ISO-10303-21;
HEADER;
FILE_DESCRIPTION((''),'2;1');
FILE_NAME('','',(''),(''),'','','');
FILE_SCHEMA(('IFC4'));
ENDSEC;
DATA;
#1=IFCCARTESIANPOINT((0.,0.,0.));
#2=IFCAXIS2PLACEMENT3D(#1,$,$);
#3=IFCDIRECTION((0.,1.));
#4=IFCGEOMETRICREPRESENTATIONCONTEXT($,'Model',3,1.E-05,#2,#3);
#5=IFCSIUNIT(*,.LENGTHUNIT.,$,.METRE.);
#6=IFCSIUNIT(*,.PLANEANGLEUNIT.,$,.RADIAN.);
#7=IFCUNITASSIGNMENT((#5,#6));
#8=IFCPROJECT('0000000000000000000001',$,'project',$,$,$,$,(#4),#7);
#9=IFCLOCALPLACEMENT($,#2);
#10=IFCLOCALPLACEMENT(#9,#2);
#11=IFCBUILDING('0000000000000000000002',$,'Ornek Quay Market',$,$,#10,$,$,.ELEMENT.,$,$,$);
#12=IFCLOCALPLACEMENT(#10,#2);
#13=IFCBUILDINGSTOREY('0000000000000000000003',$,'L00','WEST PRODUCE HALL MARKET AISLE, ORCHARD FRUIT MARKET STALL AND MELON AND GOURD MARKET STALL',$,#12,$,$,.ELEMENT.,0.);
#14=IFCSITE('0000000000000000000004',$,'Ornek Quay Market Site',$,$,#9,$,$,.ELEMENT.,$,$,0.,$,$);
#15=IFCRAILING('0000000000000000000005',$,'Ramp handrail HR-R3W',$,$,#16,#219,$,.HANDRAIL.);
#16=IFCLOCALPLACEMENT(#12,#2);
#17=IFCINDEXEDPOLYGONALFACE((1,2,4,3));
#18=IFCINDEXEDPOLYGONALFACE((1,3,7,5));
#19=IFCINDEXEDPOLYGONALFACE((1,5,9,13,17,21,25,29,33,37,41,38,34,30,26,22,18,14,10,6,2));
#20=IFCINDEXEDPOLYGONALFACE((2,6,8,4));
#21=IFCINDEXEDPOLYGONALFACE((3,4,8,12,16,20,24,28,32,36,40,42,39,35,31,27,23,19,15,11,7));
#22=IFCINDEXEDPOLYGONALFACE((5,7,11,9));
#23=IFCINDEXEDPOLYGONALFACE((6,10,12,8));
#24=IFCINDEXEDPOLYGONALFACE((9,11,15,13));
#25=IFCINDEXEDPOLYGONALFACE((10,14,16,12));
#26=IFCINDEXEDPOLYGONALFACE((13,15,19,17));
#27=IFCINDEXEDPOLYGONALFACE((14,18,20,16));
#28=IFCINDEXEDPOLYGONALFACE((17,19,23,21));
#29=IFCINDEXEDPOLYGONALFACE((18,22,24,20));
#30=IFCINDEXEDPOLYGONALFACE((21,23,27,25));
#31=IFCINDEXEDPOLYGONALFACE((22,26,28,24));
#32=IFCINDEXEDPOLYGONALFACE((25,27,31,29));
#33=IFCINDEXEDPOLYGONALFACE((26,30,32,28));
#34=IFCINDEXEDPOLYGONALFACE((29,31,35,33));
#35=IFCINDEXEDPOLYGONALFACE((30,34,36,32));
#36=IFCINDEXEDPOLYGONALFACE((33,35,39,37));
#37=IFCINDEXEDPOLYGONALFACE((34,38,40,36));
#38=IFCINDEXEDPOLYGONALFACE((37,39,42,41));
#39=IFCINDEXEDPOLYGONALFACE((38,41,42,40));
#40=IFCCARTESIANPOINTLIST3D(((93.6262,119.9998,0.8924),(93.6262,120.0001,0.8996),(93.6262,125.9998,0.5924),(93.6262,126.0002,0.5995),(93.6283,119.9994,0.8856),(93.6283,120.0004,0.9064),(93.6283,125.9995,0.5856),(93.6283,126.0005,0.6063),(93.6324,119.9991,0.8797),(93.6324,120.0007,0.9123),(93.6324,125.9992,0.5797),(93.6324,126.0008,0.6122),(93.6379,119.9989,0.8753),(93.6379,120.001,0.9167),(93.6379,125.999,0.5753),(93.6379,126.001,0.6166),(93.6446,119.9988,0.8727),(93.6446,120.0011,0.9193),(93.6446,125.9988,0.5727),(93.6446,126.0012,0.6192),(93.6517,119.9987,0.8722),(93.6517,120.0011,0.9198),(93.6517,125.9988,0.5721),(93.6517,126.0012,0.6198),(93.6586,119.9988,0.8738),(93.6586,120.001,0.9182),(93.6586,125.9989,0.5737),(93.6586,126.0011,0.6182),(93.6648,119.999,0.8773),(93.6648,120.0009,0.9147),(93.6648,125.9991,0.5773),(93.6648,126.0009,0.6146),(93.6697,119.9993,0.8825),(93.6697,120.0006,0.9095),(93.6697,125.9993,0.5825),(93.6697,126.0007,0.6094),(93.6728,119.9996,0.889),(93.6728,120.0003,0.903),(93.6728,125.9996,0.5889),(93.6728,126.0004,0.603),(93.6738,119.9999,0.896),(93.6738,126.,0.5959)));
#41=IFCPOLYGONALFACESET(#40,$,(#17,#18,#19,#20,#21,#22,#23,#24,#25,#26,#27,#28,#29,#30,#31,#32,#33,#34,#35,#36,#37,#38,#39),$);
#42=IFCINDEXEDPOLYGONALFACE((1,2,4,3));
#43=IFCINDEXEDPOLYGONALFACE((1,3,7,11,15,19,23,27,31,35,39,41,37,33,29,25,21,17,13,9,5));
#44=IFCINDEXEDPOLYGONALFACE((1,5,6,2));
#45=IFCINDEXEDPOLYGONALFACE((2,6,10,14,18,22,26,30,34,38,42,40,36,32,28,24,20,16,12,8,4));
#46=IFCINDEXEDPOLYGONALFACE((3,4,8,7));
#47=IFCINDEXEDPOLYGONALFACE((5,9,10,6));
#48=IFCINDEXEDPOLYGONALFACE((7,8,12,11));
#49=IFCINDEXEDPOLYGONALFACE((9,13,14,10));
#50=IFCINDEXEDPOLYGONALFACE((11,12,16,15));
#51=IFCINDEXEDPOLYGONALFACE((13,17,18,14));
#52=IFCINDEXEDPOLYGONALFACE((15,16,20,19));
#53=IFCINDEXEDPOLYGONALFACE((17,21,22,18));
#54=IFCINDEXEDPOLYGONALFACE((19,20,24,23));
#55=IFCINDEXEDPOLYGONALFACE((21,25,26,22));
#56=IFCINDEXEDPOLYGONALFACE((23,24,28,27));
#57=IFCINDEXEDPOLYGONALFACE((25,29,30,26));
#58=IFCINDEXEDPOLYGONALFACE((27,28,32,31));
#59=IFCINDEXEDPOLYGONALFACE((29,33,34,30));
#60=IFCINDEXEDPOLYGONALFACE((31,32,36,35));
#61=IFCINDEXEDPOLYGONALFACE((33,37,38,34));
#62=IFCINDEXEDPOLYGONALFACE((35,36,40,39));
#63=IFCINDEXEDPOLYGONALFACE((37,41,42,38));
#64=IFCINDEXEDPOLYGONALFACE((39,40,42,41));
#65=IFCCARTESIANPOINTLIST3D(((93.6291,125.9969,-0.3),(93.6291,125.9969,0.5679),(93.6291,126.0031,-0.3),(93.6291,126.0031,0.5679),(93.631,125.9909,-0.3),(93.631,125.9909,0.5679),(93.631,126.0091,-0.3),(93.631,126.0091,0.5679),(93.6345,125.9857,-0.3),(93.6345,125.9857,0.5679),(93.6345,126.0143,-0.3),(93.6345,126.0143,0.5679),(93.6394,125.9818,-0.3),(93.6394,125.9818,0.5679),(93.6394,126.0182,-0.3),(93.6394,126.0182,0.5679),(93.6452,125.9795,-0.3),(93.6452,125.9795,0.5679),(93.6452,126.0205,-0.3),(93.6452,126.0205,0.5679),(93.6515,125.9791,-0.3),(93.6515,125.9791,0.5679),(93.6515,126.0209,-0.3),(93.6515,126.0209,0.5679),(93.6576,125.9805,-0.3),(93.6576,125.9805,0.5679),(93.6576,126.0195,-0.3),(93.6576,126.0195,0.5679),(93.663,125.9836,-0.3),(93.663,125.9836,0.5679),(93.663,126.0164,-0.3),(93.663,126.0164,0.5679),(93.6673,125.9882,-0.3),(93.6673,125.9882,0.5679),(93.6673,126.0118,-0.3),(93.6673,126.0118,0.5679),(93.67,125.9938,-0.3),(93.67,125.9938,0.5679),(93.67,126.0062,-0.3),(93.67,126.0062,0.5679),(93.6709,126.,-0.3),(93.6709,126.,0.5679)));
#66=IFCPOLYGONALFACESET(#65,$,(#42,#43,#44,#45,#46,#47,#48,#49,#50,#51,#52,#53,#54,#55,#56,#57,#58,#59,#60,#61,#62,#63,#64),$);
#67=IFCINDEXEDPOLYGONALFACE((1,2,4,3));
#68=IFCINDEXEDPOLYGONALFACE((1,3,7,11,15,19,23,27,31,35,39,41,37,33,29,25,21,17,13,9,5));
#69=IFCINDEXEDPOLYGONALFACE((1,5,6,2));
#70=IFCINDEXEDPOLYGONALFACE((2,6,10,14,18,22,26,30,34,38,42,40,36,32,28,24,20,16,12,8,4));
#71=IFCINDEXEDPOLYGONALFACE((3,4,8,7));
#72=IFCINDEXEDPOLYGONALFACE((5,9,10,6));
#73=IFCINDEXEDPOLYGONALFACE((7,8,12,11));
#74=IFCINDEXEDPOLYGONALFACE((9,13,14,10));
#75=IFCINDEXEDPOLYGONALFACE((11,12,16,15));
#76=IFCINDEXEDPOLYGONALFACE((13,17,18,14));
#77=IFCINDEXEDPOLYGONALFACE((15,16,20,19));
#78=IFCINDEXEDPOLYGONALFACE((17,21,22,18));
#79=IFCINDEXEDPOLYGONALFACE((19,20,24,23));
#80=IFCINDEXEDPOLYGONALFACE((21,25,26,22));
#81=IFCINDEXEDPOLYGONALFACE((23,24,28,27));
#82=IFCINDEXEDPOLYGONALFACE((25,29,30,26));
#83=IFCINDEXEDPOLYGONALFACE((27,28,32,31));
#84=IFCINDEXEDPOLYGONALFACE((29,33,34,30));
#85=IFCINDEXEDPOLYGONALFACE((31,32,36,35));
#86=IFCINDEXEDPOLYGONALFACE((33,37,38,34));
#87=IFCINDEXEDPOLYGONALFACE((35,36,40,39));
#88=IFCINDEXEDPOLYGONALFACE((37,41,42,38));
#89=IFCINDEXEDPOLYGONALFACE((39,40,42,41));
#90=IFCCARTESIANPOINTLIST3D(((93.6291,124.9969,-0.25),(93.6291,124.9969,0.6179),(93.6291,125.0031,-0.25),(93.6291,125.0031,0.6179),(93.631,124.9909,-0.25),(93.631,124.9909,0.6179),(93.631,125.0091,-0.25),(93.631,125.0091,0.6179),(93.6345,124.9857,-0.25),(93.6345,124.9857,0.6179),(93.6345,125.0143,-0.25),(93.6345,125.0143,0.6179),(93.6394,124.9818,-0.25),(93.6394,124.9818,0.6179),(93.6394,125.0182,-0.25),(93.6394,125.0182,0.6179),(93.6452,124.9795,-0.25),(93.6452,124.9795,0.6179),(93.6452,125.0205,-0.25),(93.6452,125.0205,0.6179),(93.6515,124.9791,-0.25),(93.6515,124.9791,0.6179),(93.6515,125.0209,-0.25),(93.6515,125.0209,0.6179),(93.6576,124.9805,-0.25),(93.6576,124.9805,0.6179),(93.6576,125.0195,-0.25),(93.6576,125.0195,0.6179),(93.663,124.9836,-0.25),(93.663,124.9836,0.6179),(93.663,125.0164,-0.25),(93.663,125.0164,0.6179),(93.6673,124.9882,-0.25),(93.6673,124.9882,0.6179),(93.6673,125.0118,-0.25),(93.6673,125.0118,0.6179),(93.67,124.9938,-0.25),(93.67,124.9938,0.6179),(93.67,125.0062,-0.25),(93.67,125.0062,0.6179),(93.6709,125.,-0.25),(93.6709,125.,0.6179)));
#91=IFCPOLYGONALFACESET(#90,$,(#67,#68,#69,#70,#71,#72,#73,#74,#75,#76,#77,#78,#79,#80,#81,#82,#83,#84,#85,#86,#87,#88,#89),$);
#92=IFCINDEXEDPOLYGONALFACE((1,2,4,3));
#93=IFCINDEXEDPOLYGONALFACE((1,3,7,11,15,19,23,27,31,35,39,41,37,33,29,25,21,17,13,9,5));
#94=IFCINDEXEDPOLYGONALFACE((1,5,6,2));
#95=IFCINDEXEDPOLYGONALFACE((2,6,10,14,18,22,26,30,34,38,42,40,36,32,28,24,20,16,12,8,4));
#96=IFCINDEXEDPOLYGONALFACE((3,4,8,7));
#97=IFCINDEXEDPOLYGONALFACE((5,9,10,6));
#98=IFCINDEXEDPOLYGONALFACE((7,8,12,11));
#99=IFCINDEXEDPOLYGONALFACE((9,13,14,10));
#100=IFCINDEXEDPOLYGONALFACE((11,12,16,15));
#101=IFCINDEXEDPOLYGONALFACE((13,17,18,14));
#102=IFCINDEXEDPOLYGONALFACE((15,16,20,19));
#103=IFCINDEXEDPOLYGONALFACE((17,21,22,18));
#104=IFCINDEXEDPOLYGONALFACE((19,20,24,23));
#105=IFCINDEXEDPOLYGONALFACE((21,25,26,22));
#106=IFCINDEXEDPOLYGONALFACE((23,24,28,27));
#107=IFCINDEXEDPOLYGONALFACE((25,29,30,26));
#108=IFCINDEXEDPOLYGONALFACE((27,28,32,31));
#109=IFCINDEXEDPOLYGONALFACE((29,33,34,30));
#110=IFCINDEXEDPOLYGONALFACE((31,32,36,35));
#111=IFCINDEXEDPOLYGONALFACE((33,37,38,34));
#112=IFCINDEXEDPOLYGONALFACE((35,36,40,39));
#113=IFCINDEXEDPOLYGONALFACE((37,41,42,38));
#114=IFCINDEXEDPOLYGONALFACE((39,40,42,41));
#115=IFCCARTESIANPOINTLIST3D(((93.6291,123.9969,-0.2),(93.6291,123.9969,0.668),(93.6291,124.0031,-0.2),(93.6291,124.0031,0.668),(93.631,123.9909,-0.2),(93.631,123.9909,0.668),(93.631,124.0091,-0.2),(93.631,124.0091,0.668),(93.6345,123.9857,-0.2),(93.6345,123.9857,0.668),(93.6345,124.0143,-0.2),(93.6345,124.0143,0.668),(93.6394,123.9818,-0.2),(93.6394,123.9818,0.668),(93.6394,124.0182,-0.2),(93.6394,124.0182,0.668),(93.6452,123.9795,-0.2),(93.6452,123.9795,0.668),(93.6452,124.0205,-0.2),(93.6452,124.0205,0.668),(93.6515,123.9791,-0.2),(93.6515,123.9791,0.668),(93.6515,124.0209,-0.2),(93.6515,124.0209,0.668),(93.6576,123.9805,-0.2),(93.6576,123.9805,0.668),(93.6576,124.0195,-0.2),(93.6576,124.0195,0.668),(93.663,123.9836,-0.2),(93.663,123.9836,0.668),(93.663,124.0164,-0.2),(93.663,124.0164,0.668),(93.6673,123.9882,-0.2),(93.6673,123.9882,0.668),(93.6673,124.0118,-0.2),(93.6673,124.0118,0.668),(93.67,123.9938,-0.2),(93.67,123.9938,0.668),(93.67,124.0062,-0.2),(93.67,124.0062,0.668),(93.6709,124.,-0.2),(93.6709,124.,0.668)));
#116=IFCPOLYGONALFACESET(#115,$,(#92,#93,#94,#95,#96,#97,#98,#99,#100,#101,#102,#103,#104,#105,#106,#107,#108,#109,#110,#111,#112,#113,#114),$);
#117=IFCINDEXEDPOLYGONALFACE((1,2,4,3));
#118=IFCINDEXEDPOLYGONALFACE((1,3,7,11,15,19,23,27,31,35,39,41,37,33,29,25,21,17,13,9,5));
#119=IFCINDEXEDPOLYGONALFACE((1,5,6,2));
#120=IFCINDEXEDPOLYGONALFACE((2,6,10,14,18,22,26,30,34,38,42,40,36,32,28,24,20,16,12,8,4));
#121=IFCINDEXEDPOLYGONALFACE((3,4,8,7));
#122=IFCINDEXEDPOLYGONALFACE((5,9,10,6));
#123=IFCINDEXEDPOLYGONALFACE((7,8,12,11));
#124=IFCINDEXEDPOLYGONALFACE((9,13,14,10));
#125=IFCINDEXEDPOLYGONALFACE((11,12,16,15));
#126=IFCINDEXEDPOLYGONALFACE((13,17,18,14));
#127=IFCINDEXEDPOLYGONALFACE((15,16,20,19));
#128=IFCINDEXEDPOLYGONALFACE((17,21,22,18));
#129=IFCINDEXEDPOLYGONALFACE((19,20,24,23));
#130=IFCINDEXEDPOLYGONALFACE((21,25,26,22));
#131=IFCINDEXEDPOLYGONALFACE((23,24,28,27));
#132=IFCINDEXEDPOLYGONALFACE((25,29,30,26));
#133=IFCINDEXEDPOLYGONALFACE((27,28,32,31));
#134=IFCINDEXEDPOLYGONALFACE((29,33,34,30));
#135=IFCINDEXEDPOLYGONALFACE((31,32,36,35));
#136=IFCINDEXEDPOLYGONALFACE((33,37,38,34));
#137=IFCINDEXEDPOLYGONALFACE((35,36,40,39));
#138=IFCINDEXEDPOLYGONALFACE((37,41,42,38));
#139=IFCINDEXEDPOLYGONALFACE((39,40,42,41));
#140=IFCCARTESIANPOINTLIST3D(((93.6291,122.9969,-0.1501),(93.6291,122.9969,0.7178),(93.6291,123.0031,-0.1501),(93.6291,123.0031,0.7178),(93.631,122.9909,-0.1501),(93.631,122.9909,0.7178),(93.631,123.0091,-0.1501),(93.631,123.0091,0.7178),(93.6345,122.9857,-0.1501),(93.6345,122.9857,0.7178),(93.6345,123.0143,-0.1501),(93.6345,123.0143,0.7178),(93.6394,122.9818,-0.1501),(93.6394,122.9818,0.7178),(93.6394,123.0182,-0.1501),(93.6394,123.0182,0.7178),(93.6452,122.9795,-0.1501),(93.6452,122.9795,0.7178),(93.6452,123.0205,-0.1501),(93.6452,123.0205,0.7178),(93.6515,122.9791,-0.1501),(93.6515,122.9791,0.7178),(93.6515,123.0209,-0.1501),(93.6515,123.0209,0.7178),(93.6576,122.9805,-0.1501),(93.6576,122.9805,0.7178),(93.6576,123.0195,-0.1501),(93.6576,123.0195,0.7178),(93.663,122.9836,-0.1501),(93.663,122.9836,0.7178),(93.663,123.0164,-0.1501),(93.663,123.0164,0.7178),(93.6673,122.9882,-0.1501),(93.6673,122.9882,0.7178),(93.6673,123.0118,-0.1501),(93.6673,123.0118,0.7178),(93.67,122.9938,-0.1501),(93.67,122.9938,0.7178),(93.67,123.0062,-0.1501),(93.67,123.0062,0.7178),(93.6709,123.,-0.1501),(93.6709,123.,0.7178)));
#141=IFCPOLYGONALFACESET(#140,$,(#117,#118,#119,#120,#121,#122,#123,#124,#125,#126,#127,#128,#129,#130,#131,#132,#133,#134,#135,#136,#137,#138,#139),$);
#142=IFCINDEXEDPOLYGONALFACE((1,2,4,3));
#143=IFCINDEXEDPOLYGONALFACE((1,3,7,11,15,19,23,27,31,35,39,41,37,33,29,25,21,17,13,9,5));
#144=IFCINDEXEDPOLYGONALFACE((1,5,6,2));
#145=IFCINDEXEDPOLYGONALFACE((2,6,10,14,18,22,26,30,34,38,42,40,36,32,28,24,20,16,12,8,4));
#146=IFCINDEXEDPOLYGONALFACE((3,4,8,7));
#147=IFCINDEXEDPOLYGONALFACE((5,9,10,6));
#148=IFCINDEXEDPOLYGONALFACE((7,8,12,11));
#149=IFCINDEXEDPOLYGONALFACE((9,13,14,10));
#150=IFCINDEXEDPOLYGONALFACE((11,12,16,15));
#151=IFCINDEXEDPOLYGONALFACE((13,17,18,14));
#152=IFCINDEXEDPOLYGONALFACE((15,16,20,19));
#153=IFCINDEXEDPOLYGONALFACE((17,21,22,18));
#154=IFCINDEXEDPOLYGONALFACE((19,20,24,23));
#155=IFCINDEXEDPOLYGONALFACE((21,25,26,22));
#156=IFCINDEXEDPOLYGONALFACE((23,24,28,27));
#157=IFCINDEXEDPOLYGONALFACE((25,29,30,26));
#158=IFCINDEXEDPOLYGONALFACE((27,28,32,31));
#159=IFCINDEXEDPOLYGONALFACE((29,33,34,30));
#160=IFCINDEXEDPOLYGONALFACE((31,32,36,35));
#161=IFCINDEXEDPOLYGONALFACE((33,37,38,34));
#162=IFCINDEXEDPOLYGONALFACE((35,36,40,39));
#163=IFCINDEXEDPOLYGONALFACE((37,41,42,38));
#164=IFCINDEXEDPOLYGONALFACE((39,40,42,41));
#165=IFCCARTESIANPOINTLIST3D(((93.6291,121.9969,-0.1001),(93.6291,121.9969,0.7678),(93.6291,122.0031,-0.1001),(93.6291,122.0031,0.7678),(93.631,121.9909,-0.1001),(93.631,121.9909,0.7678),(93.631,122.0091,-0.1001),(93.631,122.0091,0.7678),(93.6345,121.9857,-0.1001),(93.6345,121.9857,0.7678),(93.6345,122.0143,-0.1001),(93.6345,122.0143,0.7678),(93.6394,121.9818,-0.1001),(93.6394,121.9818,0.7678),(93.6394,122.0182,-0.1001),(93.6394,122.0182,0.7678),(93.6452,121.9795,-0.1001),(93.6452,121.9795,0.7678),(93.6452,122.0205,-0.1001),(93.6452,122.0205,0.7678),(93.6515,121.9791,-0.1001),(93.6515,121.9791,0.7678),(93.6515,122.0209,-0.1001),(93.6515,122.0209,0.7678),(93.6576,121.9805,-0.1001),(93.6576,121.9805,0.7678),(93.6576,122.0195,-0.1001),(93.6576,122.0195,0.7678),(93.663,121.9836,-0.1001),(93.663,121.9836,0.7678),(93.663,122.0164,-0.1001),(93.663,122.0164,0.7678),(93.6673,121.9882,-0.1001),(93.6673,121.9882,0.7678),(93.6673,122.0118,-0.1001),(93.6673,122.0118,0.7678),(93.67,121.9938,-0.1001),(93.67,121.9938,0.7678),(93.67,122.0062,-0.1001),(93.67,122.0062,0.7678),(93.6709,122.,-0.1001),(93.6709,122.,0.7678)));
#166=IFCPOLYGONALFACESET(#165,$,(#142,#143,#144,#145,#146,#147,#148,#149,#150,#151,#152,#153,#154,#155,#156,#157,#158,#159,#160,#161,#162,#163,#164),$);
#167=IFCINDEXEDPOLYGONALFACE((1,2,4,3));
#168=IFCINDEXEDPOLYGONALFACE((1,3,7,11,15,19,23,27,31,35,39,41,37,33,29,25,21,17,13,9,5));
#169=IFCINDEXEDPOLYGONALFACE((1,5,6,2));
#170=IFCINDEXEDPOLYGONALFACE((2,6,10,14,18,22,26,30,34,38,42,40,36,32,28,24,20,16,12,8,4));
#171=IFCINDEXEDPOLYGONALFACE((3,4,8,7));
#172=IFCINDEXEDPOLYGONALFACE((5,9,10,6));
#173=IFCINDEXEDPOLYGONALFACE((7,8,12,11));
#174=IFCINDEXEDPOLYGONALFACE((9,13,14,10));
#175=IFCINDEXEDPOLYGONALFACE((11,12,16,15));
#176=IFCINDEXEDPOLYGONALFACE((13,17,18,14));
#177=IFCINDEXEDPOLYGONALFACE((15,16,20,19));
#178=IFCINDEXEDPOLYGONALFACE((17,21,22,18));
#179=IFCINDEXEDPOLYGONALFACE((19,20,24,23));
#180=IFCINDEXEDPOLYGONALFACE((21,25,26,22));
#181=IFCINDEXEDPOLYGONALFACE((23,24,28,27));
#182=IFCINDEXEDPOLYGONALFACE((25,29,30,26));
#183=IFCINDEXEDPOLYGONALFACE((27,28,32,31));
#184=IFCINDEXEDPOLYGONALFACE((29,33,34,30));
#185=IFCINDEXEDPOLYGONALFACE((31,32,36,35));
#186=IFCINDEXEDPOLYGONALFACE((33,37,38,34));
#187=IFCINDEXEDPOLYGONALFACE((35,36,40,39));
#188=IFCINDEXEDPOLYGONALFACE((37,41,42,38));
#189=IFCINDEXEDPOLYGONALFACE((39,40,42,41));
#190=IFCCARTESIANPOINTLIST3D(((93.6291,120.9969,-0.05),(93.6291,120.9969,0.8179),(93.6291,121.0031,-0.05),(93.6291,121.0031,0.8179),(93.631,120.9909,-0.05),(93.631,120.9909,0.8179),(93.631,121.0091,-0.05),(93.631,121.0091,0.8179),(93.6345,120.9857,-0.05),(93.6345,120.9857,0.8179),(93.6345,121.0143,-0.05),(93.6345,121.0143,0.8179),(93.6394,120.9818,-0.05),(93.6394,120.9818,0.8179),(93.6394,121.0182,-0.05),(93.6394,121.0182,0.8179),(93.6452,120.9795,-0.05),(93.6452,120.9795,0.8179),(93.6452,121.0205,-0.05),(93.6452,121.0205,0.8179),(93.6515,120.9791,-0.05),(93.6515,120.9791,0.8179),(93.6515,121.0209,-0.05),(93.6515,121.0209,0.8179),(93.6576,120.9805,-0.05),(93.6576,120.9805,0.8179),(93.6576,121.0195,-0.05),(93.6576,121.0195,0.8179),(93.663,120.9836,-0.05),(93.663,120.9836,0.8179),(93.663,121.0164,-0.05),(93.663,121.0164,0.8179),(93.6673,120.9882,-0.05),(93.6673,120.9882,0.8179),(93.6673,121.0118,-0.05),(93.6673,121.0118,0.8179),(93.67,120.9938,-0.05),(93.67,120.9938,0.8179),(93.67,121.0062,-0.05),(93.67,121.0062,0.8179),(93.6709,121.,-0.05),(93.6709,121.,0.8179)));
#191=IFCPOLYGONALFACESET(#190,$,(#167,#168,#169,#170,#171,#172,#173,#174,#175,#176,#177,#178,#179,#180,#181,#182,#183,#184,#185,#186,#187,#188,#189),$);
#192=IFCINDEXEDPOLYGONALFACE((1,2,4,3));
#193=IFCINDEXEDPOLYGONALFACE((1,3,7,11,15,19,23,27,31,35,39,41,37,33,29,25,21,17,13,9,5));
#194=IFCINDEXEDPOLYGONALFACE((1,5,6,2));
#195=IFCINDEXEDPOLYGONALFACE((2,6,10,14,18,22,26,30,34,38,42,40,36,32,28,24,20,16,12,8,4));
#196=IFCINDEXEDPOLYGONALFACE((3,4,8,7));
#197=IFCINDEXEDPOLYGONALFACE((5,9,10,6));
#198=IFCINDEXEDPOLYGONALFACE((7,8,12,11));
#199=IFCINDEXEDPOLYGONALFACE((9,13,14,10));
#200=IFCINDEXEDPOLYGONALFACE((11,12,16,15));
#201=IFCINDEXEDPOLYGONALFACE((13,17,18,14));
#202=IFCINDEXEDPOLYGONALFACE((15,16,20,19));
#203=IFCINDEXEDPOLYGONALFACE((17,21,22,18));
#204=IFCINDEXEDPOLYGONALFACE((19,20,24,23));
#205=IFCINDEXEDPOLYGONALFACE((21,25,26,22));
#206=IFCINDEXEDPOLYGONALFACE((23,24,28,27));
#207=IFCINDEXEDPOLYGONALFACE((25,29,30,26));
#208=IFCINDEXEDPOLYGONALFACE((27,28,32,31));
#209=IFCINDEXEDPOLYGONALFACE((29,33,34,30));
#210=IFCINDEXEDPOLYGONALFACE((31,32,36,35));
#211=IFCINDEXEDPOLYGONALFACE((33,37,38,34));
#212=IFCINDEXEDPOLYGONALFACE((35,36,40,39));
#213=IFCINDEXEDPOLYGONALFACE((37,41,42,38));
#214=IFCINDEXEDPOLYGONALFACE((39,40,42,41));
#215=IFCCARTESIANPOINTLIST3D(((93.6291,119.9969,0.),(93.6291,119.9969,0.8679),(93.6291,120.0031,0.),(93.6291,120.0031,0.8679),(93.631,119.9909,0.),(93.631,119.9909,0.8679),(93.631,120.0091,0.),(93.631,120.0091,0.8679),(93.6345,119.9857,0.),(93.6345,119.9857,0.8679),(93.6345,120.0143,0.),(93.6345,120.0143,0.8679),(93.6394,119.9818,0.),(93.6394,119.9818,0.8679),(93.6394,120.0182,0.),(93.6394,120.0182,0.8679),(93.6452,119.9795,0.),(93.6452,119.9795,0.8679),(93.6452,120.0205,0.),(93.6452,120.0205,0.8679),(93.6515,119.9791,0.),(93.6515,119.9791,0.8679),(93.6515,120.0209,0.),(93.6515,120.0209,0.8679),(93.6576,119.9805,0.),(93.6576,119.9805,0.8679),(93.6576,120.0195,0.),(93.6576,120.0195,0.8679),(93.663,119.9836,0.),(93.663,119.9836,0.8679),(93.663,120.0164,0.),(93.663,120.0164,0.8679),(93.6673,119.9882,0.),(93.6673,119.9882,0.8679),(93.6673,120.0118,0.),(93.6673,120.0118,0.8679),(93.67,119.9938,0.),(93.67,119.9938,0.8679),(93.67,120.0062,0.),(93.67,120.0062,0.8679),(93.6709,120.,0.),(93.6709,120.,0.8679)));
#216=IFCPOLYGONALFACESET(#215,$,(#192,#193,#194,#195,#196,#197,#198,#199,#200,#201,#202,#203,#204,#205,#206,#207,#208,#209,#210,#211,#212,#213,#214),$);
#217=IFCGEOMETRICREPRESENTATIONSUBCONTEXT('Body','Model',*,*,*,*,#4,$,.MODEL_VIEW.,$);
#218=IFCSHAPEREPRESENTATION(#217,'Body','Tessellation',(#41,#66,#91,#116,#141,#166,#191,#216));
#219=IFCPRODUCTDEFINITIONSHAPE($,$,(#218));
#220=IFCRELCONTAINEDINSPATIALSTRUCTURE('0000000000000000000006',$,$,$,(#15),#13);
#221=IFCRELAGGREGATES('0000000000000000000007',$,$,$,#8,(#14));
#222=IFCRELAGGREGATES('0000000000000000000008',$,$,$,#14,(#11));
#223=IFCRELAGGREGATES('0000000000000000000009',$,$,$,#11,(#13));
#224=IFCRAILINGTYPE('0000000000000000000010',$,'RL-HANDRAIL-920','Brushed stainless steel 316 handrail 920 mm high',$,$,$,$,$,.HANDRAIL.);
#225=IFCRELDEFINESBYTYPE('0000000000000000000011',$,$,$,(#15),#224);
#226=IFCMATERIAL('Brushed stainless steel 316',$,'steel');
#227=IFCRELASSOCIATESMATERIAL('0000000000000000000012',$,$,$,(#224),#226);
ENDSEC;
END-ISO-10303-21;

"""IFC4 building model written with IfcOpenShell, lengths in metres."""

from ifc_helpers import new_model, si_unit, direction, frame, origin, origin_2d, place, context, subcontext, project, spatial, circle, extrude, material, type_object, element, save


model = new_model("IFC4")

# Units and contexts
model_context = context("Model", 3, precision=1e-05, world=origin(), true_north=direction((0.0, 1.0)))
body_context = subcontext(model_context, "Body", "Model", "MODEL_VIEW")
ifc_project = project(units=[si_unit("LENGTHUNIT", "METRE"), si_unit("PLANEANGLEUNIT", "RADIAN")], contexts=[model_context])

# Site, building, storey
site_placement = place(None, origin())
site = spatial("IfcSite", under=ifc_project, at=site_placement, Name="Ornek Quay Market Site", CompositionType="ELEMENT", RefElevation=0.0)
building_placement = place(site_placement, origin())
building = spatial("IfcBuilding", under=site, at=building_placement, Name="Ornek Quay Market", CompositionType="ELEMENT")
storey_placement = place(building_placement, origin())
storey = spatial("IfcBuildingStorey", under=building, at=storey_placement, Name="L00", Description="WEST PRODUCE HALL MARKET AISLE, ORCHARD FRUIT MARKET STALL AND MELON AND GOURD MARKET STALL", CompositionType="ELEMENT", Elevation=0.0)

# Railing
ifc_material_1 = material(Name="Brushed stainless steel 316", Category="steel")
railing_type = type_object("IfcRailingType", Name="RL-HANDRAIL-920", Description="Brushed stainless steel 316 handrail 920 mm high", PredefinedType="HANDRAIL", material=ifc_material_1)
for number, where, name in (
    (1, (93.6499, 126.0, -0.3), "Ramp handrail HR-R3W"),
):
    element("IfcRailing", number, at=place(storey_placement, frame(where)), inside=storey, type_object=railing_type, Name=name, PredefinedType="HANDRAIL", context=body_context, shape_type="SweptSolid", body=[
        extrude(circle(Radius=0.0239, at=origin_2d()), frame((0.0, 0.0, 0.896), z_axis=(0.0, -0.998752, 0.049946), x_axis=(1.0, 0.0, 0.0)), (0.0, 0.0, 1.0), 6.0076),
        extrude(circle(Radius=0.021, at=origin_2d()), origin(), (0.0, 0.0, 1.0), 0.8679),
        extrude(circle(Radius=0.021, at=origin_2d()), frame((0.0, -1.0, 0.05)), (0.0, 0.0, 1.0), 0.8679),
        extrude(circle(Radius=0.021, at=origin_2d()), frame((0.0, -2.0, 0.1001)), (0.0, 0.0, 1.0), 0.8679),
        extrude(circle(Radius=0.021, at=origin_2d()), frame((0.0, -3.0, 0.1499)), (0.0, 0.0, 1.0), 0.8679),
        extrude(circle(Radius=0.021, at=origin_2d()), frame((0.0, -4.0, 0.2)), (0.0, 0.0, 1.0), 0.8679),
        extrude(circle(Radius=0.021, at=origin_2d()), frame((0.0, -5.0, 0.25)), (0.0, 0.0, 1.0), 0.8679),
        extrude(circle(Radius=0.021, at=origin_2d()), frame((0.0, -6.0, 0.3)), (0.0, 0.0, 1.0), 0.8679),
    ])

save(model, "model.ifc")
